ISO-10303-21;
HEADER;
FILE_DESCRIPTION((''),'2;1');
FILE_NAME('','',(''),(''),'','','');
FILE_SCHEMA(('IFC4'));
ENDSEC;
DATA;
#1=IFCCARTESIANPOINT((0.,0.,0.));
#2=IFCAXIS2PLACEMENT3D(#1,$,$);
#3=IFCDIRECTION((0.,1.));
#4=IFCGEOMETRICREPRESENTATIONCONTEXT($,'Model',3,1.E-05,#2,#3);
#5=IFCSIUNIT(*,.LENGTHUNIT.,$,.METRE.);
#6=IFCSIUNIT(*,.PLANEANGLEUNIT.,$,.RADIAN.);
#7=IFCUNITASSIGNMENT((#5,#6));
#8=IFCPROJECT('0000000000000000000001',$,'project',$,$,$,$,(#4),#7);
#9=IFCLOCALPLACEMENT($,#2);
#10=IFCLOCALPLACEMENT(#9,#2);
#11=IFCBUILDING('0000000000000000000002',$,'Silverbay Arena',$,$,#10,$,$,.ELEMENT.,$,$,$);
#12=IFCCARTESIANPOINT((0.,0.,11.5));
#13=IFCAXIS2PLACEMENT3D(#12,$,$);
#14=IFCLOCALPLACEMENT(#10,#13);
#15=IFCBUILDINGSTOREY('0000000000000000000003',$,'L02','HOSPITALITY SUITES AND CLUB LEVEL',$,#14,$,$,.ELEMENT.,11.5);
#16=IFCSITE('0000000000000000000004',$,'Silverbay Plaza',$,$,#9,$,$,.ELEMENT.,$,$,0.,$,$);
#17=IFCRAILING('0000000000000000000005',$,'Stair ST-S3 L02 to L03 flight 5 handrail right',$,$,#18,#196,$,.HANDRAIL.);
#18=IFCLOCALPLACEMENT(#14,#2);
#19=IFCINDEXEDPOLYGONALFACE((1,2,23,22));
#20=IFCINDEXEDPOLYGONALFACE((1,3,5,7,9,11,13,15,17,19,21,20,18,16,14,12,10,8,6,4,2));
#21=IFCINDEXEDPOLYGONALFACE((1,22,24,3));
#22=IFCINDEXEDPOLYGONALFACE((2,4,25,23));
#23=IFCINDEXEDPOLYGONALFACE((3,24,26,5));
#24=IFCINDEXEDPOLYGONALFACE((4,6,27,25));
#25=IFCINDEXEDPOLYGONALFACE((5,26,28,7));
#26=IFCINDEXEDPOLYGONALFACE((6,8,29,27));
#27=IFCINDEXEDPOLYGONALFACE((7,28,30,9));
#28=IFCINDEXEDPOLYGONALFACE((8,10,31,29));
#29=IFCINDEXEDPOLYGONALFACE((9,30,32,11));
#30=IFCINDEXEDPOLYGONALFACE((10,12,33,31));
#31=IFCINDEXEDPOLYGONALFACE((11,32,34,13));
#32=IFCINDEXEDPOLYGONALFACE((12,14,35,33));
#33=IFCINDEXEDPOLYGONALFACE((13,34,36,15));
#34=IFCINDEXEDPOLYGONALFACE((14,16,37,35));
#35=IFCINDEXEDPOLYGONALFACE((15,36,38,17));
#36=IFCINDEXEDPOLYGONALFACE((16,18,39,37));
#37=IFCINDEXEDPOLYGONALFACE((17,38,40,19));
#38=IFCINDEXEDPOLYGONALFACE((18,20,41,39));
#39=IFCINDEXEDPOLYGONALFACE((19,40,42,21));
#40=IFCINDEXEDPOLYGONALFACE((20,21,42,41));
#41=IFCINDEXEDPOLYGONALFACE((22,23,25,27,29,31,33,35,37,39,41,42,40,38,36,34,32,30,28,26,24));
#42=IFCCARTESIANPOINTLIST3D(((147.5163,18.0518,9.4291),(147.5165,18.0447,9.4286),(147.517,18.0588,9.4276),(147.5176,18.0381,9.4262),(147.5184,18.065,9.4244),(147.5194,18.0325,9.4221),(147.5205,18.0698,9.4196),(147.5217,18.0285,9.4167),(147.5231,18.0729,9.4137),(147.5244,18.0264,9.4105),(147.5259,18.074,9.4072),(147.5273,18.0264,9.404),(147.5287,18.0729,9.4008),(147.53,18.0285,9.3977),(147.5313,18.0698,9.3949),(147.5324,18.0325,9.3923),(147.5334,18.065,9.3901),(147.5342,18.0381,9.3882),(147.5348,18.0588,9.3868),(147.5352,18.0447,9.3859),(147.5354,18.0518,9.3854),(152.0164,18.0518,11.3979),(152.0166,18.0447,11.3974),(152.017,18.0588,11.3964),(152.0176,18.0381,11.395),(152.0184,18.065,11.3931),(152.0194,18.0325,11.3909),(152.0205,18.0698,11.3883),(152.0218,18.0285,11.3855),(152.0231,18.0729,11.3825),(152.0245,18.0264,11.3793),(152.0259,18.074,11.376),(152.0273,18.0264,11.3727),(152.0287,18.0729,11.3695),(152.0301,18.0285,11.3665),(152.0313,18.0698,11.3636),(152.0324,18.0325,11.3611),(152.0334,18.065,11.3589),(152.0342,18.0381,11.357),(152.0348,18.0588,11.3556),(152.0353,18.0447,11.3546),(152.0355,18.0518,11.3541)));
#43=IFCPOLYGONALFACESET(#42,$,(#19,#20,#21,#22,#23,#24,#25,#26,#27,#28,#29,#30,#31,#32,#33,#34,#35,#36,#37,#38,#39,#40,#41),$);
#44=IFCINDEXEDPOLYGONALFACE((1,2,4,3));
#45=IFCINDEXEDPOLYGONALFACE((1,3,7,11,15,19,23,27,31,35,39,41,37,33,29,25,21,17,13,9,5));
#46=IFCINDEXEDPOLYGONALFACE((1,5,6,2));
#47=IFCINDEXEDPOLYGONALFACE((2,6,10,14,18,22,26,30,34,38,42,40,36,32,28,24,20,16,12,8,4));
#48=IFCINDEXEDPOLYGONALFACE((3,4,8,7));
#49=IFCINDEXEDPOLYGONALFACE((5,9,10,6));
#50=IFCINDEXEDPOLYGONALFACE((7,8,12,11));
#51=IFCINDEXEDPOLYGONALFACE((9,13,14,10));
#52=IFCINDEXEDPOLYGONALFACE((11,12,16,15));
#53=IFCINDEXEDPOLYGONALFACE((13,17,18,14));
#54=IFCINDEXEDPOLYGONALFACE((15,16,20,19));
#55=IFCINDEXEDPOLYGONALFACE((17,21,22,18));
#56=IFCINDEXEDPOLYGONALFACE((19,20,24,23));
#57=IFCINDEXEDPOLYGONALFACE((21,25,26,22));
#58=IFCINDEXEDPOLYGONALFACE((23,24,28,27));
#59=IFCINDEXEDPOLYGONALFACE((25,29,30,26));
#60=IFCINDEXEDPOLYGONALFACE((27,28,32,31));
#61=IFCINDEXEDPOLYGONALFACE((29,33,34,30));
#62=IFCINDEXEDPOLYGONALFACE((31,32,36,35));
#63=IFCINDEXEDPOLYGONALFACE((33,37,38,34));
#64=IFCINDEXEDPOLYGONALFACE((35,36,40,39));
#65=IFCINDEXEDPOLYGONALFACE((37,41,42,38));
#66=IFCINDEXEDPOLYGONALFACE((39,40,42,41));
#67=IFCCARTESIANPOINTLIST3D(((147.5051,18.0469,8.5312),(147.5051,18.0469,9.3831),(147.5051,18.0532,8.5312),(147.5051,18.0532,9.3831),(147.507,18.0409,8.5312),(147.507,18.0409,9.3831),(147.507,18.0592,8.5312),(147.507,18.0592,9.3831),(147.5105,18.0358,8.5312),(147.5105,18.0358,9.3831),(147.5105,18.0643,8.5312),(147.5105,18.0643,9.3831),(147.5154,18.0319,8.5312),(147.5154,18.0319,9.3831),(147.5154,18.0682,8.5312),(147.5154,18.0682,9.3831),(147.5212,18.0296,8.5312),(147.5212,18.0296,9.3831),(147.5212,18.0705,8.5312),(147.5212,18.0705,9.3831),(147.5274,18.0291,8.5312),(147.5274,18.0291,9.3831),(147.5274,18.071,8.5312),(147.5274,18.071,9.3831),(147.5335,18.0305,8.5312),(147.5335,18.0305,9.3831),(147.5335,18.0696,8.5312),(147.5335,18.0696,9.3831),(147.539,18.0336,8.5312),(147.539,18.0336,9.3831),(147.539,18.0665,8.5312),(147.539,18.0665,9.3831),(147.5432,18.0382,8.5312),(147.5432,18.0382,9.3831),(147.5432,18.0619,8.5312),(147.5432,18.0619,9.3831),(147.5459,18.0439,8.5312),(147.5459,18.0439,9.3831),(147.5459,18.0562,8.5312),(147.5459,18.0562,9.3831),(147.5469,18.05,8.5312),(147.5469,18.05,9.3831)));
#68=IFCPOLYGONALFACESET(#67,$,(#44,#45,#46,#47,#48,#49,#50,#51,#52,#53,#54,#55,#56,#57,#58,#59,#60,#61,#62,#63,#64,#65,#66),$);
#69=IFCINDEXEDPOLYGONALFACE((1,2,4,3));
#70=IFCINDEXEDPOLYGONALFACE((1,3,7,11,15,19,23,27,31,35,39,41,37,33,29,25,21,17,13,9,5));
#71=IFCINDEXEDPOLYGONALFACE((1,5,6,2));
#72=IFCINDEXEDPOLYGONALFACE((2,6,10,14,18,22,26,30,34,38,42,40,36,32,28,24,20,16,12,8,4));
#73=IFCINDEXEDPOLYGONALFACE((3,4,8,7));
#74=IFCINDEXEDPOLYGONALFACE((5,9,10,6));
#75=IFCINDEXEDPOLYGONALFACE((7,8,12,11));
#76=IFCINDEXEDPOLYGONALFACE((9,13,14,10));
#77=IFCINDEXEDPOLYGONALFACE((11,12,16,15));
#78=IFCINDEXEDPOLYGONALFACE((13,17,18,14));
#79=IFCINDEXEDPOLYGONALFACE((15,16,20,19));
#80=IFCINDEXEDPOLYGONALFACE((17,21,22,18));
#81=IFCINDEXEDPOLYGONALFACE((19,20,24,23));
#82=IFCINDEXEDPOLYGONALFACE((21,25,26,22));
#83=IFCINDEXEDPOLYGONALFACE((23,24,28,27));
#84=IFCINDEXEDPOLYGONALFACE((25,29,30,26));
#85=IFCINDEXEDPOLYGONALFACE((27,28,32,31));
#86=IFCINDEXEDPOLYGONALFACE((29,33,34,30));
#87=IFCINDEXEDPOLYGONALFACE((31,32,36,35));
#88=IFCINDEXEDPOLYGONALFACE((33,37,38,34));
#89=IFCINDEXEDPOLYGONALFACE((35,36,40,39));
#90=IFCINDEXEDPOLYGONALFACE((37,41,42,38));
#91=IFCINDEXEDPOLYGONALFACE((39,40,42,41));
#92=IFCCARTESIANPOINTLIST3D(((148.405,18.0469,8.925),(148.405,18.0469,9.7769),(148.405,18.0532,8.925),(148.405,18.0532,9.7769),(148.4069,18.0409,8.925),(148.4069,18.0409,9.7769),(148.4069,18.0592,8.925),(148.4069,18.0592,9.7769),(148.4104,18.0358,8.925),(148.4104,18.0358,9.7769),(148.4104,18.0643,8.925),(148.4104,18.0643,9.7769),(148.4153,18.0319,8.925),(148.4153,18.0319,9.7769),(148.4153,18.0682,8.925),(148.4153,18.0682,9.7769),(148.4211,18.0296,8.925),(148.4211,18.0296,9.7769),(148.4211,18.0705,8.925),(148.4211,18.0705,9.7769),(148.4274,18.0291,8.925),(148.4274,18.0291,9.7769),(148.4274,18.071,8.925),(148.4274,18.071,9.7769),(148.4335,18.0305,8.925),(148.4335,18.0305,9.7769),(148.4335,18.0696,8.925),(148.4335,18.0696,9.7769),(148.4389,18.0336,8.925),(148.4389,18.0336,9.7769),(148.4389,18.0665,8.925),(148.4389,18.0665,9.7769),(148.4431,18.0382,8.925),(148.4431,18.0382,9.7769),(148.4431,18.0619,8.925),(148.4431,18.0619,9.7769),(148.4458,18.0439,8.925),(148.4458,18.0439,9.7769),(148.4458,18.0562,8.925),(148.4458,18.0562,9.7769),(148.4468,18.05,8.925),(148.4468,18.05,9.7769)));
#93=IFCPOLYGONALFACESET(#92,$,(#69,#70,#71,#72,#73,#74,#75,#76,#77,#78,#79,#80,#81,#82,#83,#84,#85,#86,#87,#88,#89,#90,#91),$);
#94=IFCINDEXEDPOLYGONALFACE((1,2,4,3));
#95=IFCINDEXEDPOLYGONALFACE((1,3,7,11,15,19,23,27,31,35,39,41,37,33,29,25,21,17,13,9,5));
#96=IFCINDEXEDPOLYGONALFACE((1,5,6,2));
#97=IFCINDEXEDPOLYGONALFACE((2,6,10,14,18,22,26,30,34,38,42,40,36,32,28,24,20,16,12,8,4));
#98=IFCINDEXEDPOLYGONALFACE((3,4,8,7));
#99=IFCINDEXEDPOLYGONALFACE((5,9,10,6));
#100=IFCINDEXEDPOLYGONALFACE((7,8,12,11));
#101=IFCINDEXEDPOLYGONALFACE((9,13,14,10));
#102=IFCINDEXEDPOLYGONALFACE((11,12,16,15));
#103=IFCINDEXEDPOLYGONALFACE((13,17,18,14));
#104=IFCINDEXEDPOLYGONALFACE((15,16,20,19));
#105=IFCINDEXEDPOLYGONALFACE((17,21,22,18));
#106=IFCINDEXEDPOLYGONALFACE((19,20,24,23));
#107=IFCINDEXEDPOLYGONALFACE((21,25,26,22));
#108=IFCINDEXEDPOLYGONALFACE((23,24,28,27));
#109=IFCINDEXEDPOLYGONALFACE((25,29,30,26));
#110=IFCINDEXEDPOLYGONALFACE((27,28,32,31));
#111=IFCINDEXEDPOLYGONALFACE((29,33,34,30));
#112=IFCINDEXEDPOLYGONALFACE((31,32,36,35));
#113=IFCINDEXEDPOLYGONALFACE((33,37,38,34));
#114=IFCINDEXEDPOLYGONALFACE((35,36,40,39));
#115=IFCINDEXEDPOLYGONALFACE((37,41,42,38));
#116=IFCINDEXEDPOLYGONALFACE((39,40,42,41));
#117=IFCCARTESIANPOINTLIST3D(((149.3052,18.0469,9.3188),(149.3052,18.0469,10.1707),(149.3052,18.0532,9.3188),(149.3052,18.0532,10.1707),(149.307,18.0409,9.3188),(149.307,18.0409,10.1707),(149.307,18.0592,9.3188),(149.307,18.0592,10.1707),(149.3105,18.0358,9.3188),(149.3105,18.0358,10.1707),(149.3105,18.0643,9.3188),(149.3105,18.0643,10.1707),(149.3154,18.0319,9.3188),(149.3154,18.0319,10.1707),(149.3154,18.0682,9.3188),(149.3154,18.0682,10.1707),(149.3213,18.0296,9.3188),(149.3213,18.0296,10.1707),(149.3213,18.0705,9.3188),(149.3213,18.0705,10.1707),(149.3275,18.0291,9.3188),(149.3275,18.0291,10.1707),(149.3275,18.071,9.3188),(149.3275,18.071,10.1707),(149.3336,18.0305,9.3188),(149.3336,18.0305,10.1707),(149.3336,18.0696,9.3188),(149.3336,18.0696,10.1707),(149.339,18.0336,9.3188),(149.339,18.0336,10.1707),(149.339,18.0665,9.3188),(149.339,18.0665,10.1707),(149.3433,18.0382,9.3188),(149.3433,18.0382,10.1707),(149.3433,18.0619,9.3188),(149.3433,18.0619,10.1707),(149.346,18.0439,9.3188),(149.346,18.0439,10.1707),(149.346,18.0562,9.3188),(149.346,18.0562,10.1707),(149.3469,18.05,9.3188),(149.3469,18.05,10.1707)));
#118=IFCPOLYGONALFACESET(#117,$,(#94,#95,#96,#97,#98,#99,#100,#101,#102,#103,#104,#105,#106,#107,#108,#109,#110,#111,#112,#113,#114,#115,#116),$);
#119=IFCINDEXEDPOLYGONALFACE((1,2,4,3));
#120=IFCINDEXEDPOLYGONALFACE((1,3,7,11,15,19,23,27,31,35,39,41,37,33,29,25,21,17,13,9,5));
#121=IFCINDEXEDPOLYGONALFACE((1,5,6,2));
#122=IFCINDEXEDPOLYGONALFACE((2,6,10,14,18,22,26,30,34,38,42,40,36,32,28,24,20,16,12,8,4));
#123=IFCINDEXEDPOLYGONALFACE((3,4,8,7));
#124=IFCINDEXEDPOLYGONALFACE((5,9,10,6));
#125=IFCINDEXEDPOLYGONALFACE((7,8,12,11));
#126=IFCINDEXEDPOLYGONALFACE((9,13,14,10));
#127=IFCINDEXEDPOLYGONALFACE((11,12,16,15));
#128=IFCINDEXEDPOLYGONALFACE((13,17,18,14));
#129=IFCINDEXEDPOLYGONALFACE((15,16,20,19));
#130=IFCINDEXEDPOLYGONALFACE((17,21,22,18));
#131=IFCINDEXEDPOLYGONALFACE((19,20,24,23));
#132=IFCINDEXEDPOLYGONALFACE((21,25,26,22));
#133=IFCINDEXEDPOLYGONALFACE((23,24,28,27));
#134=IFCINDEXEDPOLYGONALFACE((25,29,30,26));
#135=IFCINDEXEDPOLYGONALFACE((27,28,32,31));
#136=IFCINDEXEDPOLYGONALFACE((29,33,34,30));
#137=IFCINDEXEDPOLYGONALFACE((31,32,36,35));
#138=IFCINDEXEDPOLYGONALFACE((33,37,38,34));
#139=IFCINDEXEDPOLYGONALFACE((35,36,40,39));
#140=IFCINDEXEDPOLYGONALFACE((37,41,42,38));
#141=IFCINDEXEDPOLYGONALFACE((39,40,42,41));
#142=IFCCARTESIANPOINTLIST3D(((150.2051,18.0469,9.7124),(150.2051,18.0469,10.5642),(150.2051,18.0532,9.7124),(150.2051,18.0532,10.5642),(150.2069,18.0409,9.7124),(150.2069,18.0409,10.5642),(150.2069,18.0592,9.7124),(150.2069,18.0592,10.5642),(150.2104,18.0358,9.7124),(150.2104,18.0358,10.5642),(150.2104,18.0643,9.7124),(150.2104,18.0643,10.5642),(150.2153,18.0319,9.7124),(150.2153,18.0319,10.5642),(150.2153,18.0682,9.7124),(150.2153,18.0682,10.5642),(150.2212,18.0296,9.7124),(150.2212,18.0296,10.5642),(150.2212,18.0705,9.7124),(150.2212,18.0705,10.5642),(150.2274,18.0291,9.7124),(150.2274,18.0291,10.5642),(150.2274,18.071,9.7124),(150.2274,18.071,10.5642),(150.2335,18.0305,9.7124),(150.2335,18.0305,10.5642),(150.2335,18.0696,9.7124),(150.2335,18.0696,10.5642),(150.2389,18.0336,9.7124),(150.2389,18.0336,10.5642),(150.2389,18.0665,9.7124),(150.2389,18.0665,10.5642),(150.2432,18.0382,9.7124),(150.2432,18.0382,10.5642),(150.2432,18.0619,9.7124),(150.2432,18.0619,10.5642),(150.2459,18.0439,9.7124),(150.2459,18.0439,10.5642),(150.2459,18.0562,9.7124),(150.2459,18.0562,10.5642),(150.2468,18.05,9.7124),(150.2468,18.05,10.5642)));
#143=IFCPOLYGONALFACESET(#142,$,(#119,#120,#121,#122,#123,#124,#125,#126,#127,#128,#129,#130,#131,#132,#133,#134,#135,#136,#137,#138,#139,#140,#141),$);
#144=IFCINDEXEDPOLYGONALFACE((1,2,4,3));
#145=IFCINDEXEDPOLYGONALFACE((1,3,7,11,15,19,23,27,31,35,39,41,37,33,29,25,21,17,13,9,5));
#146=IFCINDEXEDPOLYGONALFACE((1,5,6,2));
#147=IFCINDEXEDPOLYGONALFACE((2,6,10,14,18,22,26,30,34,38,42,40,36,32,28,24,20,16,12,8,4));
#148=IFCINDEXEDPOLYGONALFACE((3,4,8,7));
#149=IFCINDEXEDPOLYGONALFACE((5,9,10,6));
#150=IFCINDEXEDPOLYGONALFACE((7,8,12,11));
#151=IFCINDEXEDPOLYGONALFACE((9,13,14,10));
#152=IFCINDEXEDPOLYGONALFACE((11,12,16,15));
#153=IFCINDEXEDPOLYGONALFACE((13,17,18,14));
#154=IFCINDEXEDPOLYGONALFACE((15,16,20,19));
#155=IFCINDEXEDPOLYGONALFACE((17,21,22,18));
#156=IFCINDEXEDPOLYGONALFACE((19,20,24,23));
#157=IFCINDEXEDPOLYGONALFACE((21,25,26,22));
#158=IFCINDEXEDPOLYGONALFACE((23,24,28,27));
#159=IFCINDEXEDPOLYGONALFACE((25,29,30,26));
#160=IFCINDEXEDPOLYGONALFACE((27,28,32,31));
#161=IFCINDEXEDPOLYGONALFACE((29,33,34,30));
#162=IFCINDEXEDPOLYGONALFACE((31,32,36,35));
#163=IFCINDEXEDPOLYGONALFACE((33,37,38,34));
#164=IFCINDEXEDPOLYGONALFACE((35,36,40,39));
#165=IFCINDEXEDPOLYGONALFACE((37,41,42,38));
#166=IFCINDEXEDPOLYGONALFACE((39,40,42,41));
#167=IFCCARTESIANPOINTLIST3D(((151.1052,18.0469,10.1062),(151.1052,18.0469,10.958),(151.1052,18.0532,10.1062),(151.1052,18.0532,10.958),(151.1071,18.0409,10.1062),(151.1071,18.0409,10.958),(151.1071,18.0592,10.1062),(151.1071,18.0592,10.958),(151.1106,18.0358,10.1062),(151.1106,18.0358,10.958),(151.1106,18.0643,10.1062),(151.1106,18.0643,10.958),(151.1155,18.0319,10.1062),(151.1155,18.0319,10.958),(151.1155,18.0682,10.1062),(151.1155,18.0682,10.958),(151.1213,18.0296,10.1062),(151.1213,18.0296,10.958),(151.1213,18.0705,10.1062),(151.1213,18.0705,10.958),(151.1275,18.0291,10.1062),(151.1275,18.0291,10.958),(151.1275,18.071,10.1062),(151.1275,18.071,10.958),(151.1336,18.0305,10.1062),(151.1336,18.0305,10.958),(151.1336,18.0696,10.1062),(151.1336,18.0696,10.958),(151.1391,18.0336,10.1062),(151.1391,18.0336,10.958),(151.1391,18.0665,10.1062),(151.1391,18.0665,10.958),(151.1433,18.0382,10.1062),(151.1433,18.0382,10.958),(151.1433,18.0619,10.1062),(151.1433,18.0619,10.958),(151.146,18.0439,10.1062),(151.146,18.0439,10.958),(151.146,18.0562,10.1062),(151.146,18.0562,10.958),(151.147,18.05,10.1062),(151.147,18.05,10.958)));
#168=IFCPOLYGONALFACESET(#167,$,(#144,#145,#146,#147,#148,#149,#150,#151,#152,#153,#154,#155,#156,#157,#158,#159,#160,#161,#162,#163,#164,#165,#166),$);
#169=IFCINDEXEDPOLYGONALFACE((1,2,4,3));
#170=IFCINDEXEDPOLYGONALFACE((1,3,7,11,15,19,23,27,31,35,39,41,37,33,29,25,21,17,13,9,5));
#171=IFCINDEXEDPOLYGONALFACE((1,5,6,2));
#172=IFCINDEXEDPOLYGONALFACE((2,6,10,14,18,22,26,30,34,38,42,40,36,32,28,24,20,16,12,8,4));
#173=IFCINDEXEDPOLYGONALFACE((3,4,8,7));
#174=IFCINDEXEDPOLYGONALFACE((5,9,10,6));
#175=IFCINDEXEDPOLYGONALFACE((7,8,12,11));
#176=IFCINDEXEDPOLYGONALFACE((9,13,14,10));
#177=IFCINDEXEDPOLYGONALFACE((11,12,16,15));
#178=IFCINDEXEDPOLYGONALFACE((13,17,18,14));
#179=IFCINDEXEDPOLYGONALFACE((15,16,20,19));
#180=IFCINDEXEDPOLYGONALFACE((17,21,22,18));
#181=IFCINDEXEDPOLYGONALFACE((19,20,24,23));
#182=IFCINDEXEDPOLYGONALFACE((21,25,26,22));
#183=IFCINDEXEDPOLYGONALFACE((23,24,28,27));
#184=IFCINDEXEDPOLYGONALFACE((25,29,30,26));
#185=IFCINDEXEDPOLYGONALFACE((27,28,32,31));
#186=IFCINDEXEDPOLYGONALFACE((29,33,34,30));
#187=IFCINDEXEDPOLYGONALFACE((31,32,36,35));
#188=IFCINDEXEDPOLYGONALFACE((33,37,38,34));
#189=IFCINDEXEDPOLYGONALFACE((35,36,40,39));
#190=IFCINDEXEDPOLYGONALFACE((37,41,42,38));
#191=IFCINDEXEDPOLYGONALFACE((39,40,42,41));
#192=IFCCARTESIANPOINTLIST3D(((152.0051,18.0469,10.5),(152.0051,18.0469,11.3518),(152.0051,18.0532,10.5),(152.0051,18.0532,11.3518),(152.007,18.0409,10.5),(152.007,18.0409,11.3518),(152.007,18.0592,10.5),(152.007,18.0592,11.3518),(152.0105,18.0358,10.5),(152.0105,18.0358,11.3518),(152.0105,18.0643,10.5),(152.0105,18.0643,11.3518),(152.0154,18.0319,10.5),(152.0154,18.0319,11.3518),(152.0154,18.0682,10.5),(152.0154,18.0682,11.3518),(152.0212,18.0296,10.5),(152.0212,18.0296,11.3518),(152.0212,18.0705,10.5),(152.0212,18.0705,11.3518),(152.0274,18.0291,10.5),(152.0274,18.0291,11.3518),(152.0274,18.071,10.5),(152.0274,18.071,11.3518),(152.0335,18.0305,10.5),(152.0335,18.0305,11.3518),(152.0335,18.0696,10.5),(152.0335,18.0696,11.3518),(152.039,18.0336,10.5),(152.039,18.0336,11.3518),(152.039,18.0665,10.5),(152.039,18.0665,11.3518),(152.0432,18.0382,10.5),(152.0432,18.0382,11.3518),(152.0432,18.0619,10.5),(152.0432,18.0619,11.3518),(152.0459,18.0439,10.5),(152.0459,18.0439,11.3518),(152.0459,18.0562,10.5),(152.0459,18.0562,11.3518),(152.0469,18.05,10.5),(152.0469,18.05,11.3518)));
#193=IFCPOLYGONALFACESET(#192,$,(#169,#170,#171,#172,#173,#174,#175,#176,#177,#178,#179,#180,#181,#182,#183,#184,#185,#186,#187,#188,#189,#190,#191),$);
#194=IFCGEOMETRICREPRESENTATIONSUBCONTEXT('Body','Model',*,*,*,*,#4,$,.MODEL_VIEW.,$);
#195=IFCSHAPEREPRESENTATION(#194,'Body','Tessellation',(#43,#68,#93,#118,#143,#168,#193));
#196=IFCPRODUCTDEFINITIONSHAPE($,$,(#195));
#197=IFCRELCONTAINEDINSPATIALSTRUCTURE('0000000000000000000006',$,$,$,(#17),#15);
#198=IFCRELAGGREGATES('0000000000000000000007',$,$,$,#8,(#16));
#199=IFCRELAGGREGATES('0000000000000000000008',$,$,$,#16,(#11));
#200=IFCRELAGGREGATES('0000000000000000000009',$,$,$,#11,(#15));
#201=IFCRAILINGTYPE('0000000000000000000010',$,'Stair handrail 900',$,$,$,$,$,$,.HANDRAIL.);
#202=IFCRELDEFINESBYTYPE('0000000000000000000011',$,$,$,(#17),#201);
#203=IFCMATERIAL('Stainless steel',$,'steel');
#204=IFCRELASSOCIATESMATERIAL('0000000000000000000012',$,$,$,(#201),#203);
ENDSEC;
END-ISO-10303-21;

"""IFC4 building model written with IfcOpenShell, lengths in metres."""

from ifc_helpers import new_model, si_unit, direction, frame, origin, origin_2d, place, context, subcontext, project, spatial, circle, extrude, material, type_object, element, save


model = new_model("IFC4")

# Units and contexts
model_context = context("Model", 3, precision=1e-05, world=origin(), true_north=direction((0.0, 1.0)))
body_context = subcontext(model_context, "Body", "Model", "MODEL_VIEW")
ifc_project = project(units=[si_unit("LENGTHUNIT", "METRE"), si_unit("PLANEANGLEUNIT", "RADIAN")], contexts=[model_context])

# Site, building, storey
site_placement = place(None, origin())
site = spatial("IfcSite", under=ifc_project, at=site_placement, Name="Silverbay Plaza", CompositionType="ELEMENT", RefElevation=0.0)
building_placement = place(site_placement, origin())
building = spatial("IfcBuilding", under=site, at=building_placement, Name="Silverbay Arena", CompositionType="ELEMENT")
storey_placement = place(building_placement, frame((0.0, 0.0, 11.5)))
storey = spatial("IfcBuildingStorey", under=building, at=storey_placement, Name="L02", Description="HOSPITALITY SUITES AND CLUB LEVEL", CompositionType="ELEMENT", Elevation=11.5)

# Railing
ifc_material_1 = material(Name="Stainless steel", Category="steel")
railing_type_1 = type_object("IfcRailingType", Name="Stair handrail 900", PredefinedType="HANDRAIL", material=ifc_material_1)
for number, where, name in (
    (1, (147.5259, 18.05, 8.5312), "Stair ST-S3 L02 to L03 flight 5 handrail right"),
):
    element("IfcRailing", number, at=place(storey_placement, frame(where)), inside=storey, type_object=railing_type_1, Name=name, PredefinedType="HANDRAIL", context=body_context, shape_type="SweptSolid", body=[
        extrude(circle(Radius=0.0239, at=origin_2d()), frame((0.0, 0.0, 0.876), z_axis=(0.916157, 0.0, 0.400819), x_axis=(0.0, 1.0, 0.0)), (0.0, 0.0, 1.0), 4.9119),
        extrude(circle(Radius=0.021, at=origin_2d()), origin(), (0.0, 0.0, 1.0), 0.8518),
        extrude(circle(Radius=0.021, at=origin_2d()), frame((0.8999, 0.0, 0.3938)), (0.0, 0.0, 1.0), 0.8518),
        extrude(circle(Radius=0.021, at=origin_2d()), frame((1.8, 0.0, 0.7876)), (0.0, 0.0, 1.0), 0.8518),
        extrude(circle(Radius=0.021, at=origin_2d()), frame((2.7, 0.0, 1.1812)), (0.0, 0.0, 1.0), 0.8518),
        extrude(circle(Radius=0.021, at=origin_2d()), frame((3.6001, 0.0, 1.575)), (0.0, 0.0, 1.0), 0.8518),
        extrude(circle(Radius=0.021, at=origin_2d()), frame((4.5, 0.0, 1.9688)), (0.0, 0.0, 1.0), 0.8518),
    ])

save(model, "model.ifc")
